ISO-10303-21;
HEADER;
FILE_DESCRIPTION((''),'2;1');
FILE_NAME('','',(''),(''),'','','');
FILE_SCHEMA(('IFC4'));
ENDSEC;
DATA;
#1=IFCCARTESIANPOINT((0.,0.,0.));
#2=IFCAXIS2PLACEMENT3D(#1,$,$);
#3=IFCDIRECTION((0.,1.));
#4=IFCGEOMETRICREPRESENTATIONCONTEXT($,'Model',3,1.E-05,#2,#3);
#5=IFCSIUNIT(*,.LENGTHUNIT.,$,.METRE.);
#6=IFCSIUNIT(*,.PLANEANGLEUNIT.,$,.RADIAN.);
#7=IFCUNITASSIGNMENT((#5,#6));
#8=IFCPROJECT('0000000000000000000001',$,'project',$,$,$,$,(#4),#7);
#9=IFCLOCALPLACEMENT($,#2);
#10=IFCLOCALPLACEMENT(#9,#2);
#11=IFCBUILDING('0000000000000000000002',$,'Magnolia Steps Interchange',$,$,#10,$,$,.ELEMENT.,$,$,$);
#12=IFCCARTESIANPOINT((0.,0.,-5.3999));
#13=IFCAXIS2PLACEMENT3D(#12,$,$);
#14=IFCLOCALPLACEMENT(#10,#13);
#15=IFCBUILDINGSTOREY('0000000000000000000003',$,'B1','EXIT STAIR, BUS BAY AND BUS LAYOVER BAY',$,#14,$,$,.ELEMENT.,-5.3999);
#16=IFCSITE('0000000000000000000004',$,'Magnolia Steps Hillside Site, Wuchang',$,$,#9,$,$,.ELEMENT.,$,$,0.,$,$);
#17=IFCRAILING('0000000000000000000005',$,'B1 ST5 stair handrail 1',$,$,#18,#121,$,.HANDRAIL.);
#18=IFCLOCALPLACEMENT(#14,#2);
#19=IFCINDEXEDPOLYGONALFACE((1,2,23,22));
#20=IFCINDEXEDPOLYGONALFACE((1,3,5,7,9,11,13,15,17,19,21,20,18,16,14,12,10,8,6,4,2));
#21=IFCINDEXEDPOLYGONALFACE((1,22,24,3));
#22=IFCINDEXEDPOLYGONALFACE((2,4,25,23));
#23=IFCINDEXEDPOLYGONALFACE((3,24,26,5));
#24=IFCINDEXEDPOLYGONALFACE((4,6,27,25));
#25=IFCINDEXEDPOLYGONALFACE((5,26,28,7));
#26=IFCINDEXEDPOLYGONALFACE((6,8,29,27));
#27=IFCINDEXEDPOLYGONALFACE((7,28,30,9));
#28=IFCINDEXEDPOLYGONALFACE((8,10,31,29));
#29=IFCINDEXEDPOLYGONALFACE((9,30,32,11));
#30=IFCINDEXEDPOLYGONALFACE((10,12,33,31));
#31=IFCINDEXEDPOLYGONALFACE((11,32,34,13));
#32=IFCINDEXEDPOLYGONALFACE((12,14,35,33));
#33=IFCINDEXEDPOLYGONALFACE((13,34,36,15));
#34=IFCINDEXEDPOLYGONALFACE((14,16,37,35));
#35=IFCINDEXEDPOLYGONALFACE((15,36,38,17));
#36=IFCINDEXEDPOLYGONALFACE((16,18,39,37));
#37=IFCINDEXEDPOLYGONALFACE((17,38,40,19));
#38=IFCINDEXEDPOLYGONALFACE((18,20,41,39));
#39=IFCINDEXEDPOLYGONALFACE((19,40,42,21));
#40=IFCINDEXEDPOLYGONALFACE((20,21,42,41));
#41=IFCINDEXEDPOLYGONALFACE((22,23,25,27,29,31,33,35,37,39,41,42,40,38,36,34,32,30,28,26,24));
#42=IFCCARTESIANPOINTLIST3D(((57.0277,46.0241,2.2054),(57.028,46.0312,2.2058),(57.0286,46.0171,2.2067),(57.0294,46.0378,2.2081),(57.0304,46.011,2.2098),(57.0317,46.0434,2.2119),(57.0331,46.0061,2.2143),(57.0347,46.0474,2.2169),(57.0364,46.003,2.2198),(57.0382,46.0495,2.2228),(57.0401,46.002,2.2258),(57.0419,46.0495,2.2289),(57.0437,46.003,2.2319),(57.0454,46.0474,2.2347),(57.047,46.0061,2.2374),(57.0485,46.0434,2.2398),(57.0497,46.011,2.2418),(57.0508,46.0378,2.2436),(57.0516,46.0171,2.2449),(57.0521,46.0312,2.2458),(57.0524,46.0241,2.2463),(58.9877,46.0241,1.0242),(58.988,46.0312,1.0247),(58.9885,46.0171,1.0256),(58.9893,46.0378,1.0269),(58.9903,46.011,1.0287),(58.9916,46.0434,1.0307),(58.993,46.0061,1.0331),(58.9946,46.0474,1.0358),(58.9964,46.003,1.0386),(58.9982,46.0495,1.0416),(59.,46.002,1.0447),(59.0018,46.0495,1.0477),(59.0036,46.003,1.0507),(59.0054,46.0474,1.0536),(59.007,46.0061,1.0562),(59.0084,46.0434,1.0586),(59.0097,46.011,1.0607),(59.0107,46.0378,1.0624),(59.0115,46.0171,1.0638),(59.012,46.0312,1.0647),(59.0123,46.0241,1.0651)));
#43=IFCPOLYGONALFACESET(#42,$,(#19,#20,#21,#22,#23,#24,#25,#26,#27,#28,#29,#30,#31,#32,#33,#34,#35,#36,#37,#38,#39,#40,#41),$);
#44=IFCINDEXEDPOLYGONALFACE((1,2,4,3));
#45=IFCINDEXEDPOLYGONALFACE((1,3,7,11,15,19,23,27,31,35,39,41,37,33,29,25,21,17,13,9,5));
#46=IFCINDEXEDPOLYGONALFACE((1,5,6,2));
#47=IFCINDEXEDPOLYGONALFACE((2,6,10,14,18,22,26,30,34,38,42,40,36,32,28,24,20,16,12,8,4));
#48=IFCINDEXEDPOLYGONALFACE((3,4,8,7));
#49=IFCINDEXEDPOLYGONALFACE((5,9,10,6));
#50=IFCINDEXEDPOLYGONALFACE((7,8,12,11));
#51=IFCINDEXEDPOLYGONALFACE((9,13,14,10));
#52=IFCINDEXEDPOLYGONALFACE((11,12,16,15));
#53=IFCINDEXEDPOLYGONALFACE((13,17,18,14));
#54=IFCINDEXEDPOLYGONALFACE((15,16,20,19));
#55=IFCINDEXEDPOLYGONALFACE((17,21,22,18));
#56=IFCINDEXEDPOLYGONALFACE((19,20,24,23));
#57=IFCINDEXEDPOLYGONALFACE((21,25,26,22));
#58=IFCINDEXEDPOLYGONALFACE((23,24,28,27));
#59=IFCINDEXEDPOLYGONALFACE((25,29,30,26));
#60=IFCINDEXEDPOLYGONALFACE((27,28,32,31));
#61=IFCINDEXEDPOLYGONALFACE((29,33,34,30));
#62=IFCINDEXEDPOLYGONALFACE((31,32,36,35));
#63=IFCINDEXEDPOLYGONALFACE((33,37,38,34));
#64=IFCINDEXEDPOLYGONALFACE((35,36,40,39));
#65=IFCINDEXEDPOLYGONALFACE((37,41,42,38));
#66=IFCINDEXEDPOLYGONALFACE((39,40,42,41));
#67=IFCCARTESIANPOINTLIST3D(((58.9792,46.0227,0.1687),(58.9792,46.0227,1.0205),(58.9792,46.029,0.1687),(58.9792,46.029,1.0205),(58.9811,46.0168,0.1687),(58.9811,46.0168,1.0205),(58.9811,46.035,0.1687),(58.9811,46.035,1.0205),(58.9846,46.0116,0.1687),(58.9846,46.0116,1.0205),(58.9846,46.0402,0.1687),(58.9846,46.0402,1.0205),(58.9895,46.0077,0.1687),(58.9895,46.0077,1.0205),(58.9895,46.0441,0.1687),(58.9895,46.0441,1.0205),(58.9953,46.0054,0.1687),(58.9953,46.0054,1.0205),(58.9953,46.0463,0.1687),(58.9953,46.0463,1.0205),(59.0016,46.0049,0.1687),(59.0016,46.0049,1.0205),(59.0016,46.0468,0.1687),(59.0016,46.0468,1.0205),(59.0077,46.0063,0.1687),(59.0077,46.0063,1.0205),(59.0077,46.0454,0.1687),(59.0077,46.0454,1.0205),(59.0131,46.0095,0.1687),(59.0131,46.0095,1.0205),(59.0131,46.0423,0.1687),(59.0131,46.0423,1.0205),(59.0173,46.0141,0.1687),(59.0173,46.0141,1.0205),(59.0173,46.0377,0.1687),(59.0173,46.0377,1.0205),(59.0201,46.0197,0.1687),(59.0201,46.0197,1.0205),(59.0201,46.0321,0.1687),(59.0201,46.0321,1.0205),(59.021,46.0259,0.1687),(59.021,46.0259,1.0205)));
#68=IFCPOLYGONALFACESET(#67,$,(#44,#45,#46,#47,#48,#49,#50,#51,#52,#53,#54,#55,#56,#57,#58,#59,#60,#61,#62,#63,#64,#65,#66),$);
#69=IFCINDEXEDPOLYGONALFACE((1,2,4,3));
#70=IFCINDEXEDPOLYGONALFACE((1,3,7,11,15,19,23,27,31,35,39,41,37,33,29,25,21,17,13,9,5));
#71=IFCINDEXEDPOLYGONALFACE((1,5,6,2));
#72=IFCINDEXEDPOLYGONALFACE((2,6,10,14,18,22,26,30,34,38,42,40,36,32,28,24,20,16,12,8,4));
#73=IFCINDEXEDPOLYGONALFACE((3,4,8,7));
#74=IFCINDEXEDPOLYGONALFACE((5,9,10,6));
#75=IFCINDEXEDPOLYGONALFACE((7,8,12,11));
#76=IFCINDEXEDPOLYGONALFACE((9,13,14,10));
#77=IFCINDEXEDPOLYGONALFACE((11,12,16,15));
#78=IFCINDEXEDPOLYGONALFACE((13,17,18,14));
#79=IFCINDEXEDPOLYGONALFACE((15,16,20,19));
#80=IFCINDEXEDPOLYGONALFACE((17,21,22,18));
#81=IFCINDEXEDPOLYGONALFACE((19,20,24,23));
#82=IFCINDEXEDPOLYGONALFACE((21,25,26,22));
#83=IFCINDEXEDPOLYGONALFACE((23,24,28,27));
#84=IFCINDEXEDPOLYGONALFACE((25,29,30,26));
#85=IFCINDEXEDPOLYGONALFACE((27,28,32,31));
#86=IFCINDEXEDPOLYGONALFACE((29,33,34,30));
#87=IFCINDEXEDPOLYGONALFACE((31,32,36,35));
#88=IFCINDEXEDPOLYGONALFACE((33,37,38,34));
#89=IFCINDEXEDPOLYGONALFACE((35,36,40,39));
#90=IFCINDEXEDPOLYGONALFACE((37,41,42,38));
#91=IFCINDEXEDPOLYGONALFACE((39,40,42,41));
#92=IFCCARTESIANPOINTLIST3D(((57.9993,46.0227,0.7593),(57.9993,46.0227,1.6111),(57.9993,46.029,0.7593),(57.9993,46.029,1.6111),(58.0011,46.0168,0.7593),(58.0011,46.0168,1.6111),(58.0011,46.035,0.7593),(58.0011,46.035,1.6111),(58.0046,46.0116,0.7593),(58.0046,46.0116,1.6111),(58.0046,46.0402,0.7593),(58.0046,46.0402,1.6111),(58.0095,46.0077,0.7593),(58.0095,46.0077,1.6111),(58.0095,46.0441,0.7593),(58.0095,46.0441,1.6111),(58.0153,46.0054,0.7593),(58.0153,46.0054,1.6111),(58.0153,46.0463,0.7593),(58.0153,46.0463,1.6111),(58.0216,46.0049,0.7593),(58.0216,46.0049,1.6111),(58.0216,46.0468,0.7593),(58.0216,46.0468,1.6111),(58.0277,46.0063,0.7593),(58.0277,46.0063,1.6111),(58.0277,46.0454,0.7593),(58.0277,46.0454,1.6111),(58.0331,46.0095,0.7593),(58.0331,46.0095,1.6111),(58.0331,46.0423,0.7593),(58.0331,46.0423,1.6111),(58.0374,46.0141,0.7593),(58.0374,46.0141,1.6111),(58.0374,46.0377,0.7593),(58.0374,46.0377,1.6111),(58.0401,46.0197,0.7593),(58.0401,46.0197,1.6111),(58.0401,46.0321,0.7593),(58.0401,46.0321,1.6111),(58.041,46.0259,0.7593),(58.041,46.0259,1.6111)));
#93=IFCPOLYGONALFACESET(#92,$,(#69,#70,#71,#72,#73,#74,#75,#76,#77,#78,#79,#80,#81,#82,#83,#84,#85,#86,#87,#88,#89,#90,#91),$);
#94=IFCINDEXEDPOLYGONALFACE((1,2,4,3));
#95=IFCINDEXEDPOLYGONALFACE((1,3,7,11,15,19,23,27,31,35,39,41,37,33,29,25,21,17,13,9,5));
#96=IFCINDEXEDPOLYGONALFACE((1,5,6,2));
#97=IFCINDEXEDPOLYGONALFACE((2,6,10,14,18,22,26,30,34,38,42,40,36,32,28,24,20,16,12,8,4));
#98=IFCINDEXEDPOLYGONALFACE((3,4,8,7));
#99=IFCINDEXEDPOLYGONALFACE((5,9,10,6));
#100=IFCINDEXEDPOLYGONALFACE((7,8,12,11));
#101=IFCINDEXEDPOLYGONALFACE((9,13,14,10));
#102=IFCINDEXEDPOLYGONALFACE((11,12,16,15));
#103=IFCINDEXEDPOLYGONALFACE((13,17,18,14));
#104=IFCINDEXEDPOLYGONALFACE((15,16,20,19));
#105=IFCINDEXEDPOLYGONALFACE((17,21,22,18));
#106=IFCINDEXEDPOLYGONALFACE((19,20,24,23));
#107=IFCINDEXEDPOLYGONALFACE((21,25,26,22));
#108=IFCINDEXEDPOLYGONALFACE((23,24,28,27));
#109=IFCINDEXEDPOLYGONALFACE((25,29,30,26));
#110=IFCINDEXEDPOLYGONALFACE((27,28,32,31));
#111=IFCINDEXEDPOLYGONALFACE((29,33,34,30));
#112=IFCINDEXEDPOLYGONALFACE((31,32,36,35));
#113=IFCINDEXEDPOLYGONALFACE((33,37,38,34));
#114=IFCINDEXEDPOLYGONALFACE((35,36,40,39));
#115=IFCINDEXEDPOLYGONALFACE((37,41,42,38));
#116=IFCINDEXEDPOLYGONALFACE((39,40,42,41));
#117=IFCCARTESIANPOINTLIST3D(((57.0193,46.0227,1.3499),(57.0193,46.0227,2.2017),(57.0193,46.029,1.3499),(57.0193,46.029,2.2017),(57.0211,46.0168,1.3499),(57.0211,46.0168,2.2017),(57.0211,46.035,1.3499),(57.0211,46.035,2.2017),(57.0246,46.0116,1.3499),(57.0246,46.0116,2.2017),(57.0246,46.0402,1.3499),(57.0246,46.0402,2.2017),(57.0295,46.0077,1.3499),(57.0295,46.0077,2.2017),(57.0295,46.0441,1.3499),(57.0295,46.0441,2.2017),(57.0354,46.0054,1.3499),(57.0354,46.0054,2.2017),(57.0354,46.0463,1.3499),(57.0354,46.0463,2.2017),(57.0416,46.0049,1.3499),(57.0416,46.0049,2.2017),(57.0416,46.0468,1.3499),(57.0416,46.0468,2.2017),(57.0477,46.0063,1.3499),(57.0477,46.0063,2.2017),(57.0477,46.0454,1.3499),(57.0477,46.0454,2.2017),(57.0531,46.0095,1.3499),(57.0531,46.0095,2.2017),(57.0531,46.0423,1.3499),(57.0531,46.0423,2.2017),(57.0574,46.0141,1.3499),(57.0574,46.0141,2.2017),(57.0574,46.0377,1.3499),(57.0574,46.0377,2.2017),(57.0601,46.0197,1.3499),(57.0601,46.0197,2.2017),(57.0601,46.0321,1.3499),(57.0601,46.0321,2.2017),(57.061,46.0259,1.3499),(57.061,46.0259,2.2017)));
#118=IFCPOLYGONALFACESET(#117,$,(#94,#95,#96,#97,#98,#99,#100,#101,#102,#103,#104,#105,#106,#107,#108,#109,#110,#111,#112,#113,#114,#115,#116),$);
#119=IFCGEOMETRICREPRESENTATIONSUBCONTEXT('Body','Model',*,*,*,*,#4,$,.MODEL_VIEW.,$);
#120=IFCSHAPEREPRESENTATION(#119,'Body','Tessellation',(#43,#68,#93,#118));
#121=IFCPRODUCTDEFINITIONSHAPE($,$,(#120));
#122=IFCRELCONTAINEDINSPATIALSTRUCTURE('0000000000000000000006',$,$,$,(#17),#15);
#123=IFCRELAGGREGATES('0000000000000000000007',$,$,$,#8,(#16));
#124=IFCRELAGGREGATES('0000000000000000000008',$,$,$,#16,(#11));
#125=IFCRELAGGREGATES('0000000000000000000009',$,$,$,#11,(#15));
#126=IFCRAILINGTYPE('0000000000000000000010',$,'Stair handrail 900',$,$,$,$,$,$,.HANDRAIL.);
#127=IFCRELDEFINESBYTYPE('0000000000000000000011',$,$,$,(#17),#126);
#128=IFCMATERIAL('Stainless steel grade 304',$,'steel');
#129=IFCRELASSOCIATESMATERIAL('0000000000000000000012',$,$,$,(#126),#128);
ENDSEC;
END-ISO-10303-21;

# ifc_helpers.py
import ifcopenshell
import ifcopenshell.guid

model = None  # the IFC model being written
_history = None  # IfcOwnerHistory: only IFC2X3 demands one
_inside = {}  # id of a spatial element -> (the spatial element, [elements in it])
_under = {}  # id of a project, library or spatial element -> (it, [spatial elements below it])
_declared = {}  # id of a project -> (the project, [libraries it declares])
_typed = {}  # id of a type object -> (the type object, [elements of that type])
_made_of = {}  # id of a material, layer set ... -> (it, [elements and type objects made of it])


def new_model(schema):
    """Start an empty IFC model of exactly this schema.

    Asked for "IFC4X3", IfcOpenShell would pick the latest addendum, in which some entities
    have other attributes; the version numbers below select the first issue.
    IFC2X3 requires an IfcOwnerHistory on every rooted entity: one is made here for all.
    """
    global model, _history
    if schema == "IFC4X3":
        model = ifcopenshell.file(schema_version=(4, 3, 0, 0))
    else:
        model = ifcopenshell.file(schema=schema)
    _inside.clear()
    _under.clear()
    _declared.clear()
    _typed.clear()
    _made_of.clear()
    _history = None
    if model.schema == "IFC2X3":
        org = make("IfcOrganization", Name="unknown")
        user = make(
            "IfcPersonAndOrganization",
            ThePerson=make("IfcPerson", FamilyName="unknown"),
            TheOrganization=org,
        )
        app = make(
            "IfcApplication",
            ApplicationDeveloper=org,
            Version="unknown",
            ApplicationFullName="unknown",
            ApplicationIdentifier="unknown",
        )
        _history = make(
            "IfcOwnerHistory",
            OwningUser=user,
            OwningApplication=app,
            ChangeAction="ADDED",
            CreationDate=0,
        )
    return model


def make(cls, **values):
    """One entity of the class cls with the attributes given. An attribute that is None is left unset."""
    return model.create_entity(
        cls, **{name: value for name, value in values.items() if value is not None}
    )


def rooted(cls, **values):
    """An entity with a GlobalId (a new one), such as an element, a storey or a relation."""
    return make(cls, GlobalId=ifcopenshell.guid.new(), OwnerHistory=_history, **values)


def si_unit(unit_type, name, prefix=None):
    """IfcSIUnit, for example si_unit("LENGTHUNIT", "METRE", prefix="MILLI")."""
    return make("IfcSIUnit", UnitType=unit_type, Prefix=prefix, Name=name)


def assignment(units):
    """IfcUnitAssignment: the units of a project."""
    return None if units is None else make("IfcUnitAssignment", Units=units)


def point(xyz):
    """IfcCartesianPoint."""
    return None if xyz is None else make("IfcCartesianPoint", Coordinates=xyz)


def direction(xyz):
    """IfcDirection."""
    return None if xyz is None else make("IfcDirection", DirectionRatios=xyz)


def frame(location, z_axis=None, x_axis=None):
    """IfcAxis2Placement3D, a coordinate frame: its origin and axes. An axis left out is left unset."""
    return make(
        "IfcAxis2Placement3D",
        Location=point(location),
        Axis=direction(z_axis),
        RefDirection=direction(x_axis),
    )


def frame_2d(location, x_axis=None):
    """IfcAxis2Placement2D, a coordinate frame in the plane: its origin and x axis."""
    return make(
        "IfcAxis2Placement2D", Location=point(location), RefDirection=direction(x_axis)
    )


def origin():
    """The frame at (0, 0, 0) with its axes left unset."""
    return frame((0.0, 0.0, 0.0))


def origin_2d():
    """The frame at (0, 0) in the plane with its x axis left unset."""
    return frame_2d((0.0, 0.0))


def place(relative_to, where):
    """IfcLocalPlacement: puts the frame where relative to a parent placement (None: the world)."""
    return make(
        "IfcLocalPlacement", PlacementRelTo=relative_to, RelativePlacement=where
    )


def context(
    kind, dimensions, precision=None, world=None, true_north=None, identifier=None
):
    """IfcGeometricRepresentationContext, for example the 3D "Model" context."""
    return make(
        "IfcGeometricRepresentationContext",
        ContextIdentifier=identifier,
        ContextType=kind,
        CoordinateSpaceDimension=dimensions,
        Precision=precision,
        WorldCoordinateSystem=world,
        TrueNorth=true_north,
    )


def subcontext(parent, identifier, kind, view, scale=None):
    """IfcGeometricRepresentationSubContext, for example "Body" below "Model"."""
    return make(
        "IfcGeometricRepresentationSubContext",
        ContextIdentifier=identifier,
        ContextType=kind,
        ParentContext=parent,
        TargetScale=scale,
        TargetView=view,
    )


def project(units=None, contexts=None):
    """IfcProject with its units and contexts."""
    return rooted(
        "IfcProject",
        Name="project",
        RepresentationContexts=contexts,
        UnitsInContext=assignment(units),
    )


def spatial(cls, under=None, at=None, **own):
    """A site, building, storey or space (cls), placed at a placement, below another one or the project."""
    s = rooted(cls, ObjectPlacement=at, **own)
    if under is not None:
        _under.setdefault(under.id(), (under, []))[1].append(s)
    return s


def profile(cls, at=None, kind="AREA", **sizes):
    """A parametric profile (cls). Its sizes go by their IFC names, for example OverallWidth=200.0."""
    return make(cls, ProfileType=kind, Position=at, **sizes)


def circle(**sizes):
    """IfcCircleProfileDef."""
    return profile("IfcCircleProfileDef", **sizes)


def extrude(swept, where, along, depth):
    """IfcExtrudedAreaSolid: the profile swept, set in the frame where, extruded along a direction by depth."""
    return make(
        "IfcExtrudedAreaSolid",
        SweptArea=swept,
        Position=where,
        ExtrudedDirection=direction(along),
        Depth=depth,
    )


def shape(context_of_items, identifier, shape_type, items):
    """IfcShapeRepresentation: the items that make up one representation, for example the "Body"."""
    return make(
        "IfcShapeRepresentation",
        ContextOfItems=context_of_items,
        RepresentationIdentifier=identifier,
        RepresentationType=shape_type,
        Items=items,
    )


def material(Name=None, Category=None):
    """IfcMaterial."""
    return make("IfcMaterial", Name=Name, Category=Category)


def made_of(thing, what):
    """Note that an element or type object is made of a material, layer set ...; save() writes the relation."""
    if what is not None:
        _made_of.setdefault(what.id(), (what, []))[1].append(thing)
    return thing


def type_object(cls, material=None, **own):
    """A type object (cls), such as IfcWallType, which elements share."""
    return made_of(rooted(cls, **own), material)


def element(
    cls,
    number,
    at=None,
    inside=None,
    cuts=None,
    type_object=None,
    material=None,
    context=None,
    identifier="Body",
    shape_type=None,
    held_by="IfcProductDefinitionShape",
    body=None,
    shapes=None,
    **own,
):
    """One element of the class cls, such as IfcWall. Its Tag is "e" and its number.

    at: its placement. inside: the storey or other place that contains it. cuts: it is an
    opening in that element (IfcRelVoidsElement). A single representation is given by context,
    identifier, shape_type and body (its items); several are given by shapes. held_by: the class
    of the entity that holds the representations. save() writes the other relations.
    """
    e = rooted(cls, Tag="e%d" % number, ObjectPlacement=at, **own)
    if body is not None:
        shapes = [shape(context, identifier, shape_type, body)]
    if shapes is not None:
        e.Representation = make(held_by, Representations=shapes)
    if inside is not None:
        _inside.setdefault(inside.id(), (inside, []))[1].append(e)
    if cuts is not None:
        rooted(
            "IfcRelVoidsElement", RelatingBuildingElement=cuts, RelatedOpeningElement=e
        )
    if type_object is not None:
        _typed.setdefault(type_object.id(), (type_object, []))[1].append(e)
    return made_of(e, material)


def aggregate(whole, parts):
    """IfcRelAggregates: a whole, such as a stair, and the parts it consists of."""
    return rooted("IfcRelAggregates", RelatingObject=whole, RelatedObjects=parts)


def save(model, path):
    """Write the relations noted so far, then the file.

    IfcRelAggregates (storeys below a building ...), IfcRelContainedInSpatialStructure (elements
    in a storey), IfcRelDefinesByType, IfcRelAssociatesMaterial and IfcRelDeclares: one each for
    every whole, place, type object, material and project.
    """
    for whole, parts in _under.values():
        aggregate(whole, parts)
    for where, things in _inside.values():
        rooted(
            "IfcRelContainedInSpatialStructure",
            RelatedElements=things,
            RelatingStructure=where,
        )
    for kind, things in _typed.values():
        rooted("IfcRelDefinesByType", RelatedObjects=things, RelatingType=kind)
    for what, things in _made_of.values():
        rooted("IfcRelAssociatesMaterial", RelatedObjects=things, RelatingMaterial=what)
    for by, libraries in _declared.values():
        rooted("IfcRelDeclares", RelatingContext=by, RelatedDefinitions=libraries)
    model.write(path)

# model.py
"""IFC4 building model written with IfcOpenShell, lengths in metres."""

from ifc_helpers import new_model, si_unit, direction, frame, origin, origin_2d, place, context, subcontext, project, spatial, circle, extrude, material, type_object, element, save


model = new_model("IFC4")

# Units and contexts
model_context = context("Model", 3, precision=1e-05, world=origin(), true_north=direction((0.0, 1.0)))
body_context = subcontext(model_context, "Body", "Model", "MODEL_VIEW")
ifc_project = project(units=[si_unit("LENGTHUNIT", "METRE"), si_unit("PLANEANGLEUNIT", "RADIAN")], contexts=[model_context])

# Site, building, storey
site_placement = place(None, origin())
site = spatial("IfcSite", under=ifc_project, at=site_placement, Name="Magnolia Steps Hillside Site, Wuchang", CompositionType="ELEMENT", RefElevation=0.0)
building_placement = place(site_placement, origin())
building = spatial("IfcBuilding", under=site, at=building_placement, Name="Magnolia Steps Interchange", CompositionType="ELEMENT")
storey_placement = place(building_placement, frame((0.0, 0.0, -5.3999)))
storey = spatial("IfcBuildingStorey", under=building, at=storey_placement, Name="B1", Description="EXIT STAIR, BUS BAY AND BUS LAYOVER BAY", CompositionType="ELEMENT", Elevation=-5.3999)

# Railing
ifc_material_1 = material(Name="Stainless steel grade 304", Category="steel")
railing_type_1 = type_object("IfcRailingType", Name="Stair handrail 900", PredefinedType="HANDRAIL", material=ifc_material_1)
railing_1_placement = place(storey_placement, frame((59.0, 46.0259, 0.1687)))
element("IfcRailing", 1, at=railing_1_placement, inside=storey, type_object=railing_type_1, Name="B1 ST5 stair handrail 1", PredefinedType="HANDRAIL", context=body_context, shape_type="SweptSolid", body=[
    extrude(circle(Radius=0.0239, at=origin_2d()), frame((0.0, 0.0, 0.876), z_axis=(-0.856493, 0.0, 0.516158), x_axis=(0.0, -1.0, 0.0)), (0.0, 0.0, 1.0), 2.2883),
    extrude(circle(Radius=0.021, at=origin_2d()), origin(), (0.0, 0.0, 1.0), 0.8518),
    extrude(circle(Radius=0.021, at=origin_2d()), frame((-0.98, 0.0, 0.5906)), (0.0, 0.0, 1.0), 0.8518),
    extrude(circle(Radius=0.021, at=origin_2d()), frame((-1.96, 0.0, 1.1812)), (0.0, 0.0, 1.0), 0.8518),
])

save(model, "model.ifc")
